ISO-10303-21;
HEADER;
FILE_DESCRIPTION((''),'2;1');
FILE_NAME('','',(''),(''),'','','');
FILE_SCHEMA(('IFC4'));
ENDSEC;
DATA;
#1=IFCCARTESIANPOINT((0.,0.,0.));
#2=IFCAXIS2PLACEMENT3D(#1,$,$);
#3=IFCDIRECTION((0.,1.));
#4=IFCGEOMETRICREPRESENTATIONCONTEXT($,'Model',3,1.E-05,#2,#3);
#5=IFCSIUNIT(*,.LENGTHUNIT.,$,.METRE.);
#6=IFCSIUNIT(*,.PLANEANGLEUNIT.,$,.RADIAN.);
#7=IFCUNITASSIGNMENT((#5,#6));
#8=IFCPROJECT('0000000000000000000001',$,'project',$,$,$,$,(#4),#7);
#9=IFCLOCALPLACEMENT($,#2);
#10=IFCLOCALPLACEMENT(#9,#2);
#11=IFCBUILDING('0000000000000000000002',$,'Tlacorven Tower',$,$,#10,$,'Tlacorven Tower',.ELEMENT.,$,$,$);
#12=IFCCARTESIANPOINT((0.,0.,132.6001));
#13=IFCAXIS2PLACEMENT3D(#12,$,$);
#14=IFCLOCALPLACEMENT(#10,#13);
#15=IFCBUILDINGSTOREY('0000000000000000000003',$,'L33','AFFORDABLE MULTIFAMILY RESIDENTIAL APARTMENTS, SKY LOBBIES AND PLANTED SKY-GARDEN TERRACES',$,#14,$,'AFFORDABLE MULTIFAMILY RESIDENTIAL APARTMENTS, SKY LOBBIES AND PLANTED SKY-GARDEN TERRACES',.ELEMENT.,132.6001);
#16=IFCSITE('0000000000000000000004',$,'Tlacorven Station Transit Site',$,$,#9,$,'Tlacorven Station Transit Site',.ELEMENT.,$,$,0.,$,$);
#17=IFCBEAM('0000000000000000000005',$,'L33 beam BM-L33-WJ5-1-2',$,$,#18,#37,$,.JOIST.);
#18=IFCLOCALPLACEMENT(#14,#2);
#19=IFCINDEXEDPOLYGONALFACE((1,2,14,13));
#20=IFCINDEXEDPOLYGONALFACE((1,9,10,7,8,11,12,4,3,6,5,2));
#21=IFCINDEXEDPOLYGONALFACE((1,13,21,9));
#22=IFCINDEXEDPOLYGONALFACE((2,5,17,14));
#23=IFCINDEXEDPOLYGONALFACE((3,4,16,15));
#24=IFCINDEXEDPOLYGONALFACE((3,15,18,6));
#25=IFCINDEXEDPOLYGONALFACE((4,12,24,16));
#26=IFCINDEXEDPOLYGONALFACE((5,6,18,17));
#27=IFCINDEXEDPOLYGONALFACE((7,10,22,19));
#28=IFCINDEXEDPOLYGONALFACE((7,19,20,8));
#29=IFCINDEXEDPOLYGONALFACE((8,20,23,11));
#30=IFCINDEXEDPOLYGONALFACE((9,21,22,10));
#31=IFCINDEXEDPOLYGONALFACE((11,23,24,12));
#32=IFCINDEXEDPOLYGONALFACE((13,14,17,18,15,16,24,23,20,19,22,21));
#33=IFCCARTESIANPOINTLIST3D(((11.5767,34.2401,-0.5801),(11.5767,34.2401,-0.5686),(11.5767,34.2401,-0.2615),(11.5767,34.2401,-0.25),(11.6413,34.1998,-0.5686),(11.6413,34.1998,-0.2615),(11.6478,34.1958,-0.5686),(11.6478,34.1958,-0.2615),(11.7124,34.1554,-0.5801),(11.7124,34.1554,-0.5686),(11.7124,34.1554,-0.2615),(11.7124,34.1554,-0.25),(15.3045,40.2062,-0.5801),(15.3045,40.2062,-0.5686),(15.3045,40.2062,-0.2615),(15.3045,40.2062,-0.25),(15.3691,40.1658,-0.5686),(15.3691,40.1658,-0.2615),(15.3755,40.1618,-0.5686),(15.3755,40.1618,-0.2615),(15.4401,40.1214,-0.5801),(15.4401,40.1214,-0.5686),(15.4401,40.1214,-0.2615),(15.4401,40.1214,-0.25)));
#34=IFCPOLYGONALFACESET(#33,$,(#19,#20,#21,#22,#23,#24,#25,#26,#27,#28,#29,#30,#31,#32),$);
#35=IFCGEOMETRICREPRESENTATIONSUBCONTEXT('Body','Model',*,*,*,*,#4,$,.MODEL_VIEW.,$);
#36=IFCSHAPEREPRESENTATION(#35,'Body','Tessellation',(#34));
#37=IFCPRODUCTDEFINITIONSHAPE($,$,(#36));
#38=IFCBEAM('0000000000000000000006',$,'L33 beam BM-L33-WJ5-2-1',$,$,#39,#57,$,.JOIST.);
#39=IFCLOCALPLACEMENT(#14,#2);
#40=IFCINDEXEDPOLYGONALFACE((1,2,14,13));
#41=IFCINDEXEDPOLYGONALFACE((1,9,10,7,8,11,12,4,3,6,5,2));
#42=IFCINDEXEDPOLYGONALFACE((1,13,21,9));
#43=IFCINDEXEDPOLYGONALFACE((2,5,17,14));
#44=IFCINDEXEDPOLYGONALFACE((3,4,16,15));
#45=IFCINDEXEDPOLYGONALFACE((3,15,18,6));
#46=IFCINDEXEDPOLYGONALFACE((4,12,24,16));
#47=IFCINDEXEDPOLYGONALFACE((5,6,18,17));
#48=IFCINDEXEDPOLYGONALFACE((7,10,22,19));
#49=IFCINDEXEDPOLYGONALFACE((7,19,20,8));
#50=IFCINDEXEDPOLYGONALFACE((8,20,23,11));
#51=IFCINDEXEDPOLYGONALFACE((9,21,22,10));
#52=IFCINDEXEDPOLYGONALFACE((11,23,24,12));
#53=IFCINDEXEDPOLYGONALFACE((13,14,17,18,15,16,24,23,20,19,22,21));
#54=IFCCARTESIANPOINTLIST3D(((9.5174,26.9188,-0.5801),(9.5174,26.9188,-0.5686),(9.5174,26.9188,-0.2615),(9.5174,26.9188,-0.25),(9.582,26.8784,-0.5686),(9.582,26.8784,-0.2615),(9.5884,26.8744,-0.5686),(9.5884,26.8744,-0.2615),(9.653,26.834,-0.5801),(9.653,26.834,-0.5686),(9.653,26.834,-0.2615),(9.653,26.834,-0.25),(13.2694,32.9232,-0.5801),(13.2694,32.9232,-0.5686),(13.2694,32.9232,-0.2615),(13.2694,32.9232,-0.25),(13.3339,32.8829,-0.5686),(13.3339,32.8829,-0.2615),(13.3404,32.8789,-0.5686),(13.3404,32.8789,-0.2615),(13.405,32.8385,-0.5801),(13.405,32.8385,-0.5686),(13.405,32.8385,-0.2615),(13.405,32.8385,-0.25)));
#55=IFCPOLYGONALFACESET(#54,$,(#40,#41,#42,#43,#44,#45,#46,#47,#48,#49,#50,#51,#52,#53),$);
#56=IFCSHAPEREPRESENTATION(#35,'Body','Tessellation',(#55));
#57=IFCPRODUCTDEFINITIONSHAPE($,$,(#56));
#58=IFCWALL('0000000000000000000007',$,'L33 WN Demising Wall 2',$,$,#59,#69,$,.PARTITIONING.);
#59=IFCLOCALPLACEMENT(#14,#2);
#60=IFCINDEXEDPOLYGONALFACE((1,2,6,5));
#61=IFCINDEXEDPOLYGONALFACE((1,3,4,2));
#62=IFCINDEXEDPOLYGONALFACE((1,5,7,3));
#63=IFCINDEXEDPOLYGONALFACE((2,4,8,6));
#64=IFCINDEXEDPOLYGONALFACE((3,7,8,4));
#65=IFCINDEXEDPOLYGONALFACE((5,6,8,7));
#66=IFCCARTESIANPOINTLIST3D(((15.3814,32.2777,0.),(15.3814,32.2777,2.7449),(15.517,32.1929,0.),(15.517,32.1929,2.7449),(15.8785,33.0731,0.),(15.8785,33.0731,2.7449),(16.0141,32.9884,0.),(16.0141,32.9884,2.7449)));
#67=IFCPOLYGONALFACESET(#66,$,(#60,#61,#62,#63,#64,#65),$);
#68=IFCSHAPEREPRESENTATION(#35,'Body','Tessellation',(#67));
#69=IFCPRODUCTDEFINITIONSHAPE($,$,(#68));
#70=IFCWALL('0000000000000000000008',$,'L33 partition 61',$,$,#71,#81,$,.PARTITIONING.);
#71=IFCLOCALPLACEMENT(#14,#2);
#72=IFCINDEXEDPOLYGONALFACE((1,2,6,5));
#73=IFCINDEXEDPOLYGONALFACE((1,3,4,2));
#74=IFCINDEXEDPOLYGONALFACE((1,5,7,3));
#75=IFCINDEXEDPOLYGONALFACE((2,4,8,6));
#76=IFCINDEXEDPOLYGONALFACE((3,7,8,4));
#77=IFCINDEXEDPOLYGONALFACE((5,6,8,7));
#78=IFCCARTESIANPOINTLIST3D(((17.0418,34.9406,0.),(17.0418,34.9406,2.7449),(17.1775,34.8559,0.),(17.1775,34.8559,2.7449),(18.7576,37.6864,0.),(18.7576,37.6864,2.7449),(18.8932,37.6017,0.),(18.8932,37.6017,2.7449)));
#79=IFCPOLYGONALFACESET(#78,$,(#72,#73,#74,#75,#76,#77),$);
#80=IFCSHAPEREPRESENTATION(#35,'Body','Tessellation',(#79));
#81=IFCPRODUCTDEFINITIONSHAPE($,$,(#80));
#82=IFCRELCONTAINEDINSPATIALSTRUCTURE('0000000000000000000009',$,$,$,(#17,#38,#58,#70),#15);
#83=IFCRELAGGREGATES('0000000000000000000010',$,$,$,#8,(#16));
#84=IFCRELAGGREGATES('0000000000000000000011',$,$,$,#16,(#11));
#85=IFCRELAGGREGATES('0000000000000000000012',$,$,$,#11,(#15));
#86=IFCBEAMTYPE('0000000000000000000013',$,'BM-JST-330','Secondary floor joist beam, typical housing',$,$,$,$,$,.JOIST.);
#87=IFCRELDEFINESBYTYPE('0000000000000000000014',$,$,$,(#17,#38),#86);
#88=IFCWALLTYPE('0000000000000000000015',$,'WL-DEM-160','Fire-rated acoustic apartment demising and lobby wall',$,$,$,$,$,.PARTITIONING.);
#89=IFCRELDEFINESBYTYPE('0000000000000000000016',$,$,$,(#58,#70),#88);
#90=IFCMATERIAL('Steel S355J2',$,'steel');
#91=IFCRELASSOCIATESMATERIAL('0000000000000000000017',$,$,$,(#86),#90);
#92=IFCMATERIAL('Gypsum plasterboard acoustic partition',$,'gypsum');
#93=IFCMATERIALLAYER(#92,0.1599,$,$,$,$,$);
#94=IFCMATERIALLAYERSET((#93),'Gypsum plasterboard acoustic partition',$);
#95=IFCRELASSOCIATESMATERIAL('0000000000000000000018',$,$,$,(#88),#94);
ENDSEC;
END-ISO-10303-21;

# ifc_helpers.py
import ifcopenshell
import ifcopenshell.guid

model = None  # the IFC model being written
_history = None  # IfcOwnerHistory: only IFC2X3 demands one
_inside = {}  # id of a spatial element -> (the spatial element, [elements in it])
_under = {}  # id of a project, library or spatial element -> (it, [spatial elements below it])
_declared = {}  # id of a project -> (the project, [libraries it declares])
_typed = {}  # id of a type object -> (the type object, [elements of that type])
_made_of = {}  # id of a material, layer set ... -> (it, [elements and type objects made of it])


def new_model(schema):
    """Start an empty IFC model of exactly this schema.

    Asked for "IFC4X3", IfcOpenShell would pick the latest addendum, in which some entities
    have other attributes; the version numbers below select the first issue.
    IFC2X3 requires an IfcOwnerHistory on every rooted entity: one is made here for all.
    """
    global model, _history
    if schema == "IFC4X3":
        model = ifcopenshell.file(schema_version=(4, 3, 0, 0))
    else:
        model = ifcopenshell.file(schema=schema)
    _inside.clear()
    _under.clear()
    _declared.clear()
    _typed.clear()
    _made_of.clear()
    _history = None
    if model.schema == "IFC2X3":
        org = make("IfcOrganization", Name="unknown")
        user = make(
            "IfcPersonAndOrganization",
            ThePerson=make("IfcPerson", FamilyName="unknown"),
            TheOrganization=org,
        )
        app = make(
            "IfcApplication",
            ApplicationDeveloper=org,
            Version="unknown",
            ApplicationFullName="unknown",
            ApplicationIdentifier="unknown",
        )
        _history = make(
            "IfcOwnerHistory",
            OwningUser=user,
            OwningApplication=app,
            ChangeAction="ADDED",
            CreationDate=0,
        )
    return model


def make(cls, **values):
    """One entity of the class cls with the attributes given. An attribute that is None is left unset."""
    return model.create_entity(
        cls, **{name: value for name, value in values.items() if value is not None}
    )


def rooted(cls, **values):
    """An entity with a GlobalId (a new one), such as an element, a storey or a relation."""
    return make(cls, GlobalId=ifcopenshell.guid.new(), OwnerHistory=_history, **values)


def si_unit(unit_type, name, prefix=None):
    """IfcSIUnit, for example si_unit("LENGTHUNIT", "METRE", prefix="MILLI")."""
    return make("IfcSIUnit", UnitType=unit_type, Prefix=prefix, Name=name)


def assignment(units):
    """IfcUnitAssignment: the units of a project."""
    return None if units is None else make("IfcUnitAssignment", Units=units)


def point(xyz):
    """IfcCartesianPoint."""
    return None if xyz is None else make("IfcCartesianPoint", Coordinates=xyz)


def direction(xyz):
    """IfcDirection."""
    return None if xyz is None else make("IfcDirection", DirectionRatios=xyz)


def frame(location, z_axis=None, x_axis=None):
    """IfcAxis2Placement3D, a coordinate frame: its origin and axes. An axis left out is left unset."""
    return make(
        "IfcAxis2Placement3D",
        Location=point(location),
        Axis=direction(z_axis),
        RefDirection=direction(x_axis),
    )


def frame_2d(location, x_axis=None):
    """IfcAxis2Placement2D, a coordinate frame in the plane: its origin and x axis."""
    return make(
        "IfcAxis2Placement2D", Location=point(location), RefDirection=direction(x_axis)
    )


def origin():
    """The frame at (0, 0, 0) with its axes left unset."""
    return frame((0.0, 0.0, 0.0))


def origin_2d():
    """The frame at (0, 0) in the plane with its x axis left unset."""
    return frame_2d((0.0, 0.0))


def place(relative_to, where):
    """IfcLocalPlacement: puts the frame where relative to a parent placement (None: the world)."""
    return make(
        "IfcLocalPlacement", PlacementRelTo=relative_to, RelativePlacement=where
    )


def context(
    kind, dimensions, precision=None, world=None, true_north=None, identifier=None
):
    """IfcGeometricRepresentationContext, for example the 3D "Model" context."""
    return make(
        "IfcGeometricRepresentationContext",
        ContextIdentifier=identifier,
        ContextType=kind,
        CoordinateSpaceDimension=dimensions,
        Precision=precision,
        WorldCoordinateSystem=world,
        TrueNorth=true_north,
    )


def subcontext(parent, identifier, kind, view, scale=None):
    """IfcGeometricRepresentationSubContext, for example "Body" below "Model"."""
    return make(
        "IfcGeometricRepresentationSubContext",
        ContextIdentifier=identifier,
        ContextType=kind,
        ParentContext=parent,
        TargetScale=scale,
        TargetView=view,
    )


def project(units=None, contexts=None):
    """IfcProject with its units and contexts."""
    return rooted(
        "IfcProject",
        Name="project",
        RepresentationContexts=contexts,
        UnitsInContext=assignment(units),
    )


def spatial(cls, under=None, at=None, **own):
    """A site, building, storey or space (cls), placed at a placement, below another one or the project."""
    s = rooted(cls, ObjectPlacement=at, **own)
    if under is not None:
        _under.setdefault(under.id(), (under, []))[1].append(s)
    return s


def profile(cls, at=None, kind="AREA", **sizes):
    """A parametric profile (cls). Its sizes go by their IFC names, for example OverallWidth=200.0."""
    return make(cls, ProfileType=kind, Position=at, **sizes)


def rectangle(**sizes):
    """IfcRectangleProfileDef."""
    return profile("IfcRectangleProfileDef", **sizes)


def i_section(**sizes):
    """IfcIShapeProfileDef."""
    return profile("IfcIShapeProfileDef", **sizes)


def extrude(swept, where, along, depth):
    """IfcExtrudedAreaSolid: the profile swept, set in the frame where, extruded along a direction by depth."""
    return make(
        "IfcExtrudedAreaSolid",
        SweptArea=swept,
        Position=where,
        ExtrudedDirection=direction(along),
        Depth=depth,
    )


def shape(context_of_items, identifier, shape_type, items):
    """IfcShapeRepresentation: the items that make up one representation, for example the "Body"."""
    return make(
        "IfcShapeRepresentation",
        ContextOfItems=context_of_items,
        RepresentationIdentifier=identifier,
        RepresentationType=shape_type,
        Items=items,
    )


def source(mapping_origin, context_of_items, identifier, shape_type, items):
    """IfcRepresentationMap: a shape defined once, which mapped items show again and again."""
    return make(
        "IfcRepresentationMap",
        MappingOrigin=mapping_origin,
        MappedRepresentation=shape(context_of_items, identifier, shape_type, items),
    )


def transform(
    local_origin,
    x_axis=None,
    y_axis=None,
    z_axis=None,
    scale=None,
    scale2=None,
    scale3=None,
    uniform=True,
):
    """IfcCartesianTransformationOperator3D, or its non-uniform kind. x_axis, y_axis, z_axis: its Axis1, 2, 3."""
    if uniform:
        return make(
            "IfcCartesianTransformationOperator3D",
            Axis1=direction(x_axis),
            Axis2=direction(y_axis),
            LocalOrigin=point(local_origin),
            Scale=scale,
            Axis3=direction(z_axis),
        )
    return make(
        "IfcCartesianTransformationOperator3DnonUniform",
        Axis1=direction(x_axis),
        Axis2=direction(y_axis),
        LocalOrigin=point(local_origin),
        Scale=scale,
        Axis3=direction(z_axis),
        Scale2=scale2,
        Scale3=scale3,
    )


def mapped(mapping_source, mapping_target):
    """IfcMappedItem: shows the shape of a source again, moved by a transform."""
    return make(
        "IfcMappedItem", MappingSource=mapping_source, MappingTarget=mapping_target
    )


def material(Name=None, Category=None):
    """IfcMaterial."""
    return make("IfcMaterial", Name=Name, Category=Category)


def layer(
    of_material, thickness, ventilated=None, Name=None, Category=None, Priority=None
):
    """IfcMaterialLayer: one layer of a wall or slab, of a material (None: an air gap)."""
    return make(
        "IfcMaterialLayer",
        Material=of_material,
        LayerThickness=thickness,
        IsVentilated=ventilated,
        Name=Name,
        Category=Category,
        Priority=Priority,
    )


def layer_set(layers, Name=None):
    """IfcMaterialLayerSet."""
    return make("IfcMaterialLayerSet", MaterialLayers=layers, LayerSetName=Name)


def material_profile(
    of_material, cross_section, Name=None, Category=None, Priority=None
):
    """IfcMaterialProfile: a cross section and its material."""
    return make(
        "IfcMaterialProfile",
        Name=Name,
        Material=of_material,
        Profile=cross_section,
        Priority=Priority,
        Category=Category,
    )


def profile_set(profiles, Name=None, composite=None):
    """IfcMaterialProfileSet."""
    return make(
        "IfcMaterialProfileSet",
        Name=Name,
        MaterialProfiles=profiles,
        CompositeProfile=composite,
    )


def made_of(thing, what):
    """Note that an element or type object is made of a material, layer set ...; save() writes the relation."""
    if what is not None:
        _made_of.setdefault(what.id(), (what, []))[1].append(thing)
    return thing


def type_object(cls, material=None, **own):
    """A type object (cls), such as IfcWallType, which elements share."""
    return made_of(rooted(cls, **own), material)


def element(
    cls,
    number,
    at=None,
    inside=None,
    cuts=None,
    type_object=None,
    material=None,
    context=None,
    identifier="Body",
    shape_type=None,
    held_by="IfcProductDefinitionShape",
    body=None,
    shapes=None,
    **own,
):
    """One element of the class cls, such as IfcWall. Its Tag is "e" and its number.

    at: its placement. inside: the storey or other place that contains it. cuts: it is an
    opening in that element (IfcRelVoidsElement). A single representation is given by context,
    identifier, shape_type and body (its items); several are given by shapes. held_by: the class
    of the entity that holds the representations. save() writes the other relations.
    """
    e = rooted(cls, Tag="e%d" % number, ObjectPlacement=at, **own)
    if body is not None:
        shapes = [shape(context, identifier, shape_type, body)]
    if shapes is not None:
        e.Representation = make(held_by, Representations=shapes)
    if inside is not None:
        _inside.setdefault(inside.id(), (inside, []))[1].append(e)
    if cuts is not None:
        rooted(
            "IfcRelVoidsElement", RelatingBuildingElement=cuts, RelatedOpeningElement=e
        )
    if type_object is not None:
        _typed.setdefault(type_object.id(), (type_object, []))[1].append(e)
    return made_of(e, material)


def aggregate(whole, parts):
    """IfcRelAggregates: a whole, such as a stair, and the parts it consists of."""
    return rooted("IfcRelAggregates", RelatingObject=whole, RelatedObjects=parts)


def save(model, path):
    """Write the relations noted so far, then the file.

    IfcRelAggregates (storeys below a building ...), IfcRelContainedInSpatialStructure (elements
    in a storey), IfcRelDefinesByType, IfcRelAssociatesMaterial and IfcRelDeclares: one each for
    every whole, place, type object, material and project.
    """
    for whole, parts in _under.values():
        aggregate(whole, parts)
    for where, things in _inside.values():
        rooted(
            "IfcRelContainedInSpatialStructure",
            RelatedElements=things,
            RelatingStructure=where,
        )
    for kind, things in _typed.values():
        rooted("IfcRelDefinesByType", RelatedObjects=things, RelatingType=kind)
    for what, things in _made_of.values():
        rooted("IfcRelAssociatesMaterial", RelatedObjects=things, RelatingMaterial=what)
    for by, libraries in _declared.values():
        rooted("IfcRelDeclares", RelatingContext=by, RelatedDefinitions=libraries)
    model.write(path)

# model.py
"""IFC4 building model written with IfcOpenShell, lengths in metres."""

from ifc_helpers import new_model, si_unit, direction, frame, frame_2d, origin, origin_2d, place, context, subcontext, project, spatial, rectangle, i_section, extrude, source, transform, mapped, material, layer, layer_set, material_profile, profile_set, type_object, element, save


model = new_model("IFC4")

# Units and contexts
model_context = context("Model", 3, precision=1e-05, world=origin(), true_north=direction((0.0, 1.0)))
body_context = subcontext(model_context, "Body", "Model", "MODEL_VIEW")
ifc_project = project(units=[si_unit("LENGTHUNIT", "METRE"), si_unit("PLANEANGLEUNIT", "RADIAN")], contexts=[model_context])

# Site, building, storey
site_placement = place(None, origin())
site = spatial("IfcSite", under=ifc_project, at=site_placement, Name="Tlacorven Station Transit Site", LongName="Tlacorven Station Transit Site", CompositionType="ELEMENT", RefElevation=0.0)
building_placement = place(site_placement, origin())
building = spatial("IfcBuilding", under=site, at=building_placement, Name="Tlacorven Tower", LongName="Tlacorven Tower", CompositionType="ELEMENT")
storey_placement = place(building_placement, frame((0.0, 0.0, 132.6001)))
storey = spatial("IfcBuildingStorey", under=building, at=storey_placement, Name="L33", Description="AFFORDABLE MULTIFAMILY RESIDENTIAL APARTMENTS, SKY LOBBIES AND PLANTED SKY-GARDEN TERRACES", LongName="AFFORDABLE MULTIFAMILY RESIDENTIAL APARTMENTS, SKY LOBBIES AND PLANTED SKY-GARDEN TERRACES", CompositionType="ELEMENT", Elevation=132.6001)

# Beams
ifc_material_1 = material(Name="Steel S355J2", Category="steel")
ifc_material_profile_1 = material_profile(ifc_material_1, i_section(OverallWidth=0.1599, OverallDepth=0.3301, WebThickness=0.0076, FlangeThickness=0.0115, at=origin_2d()), Name="IPE 330")
ifc_profile_set_1 = profile_set([ifc_material_profile_1], Name="Steel S355J2")
beam_type_1 = type_object("IfcBeamType", Name="BM-JST-330", Description="Secondary floor joist beam, typical housing", PredefinedType="JOIST", material=ifc_profile_set_1)
shared_shape_1 = source(origin(), body_context, "Body", "SweptSolid", [
    extrude(i_section(OverallWidth=0.1599, OverallDepth=0.3301, WebThickness=0.0076, FlangeThickness=0.0115, at=origin_2d()), origin(), (0.0, 0.0, 1.0), 7.0349),
])
beam_1_placement = place(storey_placement, frame((15.3723, 40.1638, -0.415), z_axis=(-0.529896, -0.848063, 0.0), x_axis=(0.848063, -0.529896, 0.0)))
element("IfcBeam", 1, at=beam_1_placement, inside=storey, type_object=beam_type_1, Name="L33 beam BM-L33-WJ5-1-2", PredefinedType="JOIST", context=body_context, shape_type="MappedRepresentation", body=[
    mapped(shared_shape_1, transform((0.0, 0.0, 0.0), scale=1.0)),
])
shared_shape_2 = source(origin(), body_context, "Body", "SweptSolid", [
    extrude(i_section(OverallWidth=0.1599, OverallDepth=0.3301, WebThickness=0.0076, FlangeThickness=0.0115, at=origin_2d()), origin(), (0.0, 0.0, 1.0), 7.0803),
])
beam_2_placement = place(storey_placement, frame((13.3372, 32.8809, -0.415), z_axis=(-0.529918, -0.848049, 0.0), x_axis=(0.848049, -0.529918, 0.0)))
element("IfcBeam", 2, at=beam_2_placement, inside=storey, type_object=beam_type_1, Name="L33 beam BM-L33-WJ5-2-1", PredefinedType="JOIST", context=body_context, shape_type="MappedRepresentation", body=[
    mapped(shared_shape_2, transform((0.0, 0.0, 0.0), scale=1.0)),
])

# Walls
ifc_material_2 = material(Name="Gypsum plasterboard acoustic partition", Category="gypsum")
ifc_layer_1 = layer(ifc_material_2, 0.1599)
ifc_layer_set_1 = layer_set([ifc_layer_1], Name="Gypsum plasterboard acoustic partition")
wall_type_1 = type_object("IfcWallType", Name="WL-DEM-160", Description="Fire-rated acoustic apartment demising and lobby wall", PredefinedType="PARTITIONING", material=ifc_layer_set_1)
wall_1_placement = place(storey_placement, frame((15.9463, 33.0308, 0.0), z_axis=(0.0, 0.0, 1.0), x_axis=(-0.529952, -0.848028, 0.0)))
element("IfcWall", 3, at=wall_1_placement, inside=storey, type_object=wall_type_1, Name="L33 WN Demising Wall 2", PredefinedType="PARTITIONING", context=body_context, shape_type="SweptSolid", body=[
    extrude(rectangle(XDim=0.938, YDim=0.1599, at=frame_2d((0.469, 0.0))), origin(), (0.0, 0.0, 1.0), 2.7449),
])
wall_2_placement = place(storey_placement, frame((18.8254, 37.644, 0.0), z_axis=(0.0, 0.0, 1.0), x_axis=(-0.529924, -0.848045, 0.0)))
element("IfcWall", 4, at=wall_2_placement, inside=storey, type_object=wall_type_1, Name="L33 partition 61", PredefinedType="PARTITIONING", context=body_context, shape_type="SweptSolid", body=[
    extrude(rectangle(XDim=3.2378, YDim=0.1599, at=frame_2d((1.6189, 0.0))), origin(), (0.0, 0.0, 1.0), 2.7449),
])

save(model, "model.ifc")
